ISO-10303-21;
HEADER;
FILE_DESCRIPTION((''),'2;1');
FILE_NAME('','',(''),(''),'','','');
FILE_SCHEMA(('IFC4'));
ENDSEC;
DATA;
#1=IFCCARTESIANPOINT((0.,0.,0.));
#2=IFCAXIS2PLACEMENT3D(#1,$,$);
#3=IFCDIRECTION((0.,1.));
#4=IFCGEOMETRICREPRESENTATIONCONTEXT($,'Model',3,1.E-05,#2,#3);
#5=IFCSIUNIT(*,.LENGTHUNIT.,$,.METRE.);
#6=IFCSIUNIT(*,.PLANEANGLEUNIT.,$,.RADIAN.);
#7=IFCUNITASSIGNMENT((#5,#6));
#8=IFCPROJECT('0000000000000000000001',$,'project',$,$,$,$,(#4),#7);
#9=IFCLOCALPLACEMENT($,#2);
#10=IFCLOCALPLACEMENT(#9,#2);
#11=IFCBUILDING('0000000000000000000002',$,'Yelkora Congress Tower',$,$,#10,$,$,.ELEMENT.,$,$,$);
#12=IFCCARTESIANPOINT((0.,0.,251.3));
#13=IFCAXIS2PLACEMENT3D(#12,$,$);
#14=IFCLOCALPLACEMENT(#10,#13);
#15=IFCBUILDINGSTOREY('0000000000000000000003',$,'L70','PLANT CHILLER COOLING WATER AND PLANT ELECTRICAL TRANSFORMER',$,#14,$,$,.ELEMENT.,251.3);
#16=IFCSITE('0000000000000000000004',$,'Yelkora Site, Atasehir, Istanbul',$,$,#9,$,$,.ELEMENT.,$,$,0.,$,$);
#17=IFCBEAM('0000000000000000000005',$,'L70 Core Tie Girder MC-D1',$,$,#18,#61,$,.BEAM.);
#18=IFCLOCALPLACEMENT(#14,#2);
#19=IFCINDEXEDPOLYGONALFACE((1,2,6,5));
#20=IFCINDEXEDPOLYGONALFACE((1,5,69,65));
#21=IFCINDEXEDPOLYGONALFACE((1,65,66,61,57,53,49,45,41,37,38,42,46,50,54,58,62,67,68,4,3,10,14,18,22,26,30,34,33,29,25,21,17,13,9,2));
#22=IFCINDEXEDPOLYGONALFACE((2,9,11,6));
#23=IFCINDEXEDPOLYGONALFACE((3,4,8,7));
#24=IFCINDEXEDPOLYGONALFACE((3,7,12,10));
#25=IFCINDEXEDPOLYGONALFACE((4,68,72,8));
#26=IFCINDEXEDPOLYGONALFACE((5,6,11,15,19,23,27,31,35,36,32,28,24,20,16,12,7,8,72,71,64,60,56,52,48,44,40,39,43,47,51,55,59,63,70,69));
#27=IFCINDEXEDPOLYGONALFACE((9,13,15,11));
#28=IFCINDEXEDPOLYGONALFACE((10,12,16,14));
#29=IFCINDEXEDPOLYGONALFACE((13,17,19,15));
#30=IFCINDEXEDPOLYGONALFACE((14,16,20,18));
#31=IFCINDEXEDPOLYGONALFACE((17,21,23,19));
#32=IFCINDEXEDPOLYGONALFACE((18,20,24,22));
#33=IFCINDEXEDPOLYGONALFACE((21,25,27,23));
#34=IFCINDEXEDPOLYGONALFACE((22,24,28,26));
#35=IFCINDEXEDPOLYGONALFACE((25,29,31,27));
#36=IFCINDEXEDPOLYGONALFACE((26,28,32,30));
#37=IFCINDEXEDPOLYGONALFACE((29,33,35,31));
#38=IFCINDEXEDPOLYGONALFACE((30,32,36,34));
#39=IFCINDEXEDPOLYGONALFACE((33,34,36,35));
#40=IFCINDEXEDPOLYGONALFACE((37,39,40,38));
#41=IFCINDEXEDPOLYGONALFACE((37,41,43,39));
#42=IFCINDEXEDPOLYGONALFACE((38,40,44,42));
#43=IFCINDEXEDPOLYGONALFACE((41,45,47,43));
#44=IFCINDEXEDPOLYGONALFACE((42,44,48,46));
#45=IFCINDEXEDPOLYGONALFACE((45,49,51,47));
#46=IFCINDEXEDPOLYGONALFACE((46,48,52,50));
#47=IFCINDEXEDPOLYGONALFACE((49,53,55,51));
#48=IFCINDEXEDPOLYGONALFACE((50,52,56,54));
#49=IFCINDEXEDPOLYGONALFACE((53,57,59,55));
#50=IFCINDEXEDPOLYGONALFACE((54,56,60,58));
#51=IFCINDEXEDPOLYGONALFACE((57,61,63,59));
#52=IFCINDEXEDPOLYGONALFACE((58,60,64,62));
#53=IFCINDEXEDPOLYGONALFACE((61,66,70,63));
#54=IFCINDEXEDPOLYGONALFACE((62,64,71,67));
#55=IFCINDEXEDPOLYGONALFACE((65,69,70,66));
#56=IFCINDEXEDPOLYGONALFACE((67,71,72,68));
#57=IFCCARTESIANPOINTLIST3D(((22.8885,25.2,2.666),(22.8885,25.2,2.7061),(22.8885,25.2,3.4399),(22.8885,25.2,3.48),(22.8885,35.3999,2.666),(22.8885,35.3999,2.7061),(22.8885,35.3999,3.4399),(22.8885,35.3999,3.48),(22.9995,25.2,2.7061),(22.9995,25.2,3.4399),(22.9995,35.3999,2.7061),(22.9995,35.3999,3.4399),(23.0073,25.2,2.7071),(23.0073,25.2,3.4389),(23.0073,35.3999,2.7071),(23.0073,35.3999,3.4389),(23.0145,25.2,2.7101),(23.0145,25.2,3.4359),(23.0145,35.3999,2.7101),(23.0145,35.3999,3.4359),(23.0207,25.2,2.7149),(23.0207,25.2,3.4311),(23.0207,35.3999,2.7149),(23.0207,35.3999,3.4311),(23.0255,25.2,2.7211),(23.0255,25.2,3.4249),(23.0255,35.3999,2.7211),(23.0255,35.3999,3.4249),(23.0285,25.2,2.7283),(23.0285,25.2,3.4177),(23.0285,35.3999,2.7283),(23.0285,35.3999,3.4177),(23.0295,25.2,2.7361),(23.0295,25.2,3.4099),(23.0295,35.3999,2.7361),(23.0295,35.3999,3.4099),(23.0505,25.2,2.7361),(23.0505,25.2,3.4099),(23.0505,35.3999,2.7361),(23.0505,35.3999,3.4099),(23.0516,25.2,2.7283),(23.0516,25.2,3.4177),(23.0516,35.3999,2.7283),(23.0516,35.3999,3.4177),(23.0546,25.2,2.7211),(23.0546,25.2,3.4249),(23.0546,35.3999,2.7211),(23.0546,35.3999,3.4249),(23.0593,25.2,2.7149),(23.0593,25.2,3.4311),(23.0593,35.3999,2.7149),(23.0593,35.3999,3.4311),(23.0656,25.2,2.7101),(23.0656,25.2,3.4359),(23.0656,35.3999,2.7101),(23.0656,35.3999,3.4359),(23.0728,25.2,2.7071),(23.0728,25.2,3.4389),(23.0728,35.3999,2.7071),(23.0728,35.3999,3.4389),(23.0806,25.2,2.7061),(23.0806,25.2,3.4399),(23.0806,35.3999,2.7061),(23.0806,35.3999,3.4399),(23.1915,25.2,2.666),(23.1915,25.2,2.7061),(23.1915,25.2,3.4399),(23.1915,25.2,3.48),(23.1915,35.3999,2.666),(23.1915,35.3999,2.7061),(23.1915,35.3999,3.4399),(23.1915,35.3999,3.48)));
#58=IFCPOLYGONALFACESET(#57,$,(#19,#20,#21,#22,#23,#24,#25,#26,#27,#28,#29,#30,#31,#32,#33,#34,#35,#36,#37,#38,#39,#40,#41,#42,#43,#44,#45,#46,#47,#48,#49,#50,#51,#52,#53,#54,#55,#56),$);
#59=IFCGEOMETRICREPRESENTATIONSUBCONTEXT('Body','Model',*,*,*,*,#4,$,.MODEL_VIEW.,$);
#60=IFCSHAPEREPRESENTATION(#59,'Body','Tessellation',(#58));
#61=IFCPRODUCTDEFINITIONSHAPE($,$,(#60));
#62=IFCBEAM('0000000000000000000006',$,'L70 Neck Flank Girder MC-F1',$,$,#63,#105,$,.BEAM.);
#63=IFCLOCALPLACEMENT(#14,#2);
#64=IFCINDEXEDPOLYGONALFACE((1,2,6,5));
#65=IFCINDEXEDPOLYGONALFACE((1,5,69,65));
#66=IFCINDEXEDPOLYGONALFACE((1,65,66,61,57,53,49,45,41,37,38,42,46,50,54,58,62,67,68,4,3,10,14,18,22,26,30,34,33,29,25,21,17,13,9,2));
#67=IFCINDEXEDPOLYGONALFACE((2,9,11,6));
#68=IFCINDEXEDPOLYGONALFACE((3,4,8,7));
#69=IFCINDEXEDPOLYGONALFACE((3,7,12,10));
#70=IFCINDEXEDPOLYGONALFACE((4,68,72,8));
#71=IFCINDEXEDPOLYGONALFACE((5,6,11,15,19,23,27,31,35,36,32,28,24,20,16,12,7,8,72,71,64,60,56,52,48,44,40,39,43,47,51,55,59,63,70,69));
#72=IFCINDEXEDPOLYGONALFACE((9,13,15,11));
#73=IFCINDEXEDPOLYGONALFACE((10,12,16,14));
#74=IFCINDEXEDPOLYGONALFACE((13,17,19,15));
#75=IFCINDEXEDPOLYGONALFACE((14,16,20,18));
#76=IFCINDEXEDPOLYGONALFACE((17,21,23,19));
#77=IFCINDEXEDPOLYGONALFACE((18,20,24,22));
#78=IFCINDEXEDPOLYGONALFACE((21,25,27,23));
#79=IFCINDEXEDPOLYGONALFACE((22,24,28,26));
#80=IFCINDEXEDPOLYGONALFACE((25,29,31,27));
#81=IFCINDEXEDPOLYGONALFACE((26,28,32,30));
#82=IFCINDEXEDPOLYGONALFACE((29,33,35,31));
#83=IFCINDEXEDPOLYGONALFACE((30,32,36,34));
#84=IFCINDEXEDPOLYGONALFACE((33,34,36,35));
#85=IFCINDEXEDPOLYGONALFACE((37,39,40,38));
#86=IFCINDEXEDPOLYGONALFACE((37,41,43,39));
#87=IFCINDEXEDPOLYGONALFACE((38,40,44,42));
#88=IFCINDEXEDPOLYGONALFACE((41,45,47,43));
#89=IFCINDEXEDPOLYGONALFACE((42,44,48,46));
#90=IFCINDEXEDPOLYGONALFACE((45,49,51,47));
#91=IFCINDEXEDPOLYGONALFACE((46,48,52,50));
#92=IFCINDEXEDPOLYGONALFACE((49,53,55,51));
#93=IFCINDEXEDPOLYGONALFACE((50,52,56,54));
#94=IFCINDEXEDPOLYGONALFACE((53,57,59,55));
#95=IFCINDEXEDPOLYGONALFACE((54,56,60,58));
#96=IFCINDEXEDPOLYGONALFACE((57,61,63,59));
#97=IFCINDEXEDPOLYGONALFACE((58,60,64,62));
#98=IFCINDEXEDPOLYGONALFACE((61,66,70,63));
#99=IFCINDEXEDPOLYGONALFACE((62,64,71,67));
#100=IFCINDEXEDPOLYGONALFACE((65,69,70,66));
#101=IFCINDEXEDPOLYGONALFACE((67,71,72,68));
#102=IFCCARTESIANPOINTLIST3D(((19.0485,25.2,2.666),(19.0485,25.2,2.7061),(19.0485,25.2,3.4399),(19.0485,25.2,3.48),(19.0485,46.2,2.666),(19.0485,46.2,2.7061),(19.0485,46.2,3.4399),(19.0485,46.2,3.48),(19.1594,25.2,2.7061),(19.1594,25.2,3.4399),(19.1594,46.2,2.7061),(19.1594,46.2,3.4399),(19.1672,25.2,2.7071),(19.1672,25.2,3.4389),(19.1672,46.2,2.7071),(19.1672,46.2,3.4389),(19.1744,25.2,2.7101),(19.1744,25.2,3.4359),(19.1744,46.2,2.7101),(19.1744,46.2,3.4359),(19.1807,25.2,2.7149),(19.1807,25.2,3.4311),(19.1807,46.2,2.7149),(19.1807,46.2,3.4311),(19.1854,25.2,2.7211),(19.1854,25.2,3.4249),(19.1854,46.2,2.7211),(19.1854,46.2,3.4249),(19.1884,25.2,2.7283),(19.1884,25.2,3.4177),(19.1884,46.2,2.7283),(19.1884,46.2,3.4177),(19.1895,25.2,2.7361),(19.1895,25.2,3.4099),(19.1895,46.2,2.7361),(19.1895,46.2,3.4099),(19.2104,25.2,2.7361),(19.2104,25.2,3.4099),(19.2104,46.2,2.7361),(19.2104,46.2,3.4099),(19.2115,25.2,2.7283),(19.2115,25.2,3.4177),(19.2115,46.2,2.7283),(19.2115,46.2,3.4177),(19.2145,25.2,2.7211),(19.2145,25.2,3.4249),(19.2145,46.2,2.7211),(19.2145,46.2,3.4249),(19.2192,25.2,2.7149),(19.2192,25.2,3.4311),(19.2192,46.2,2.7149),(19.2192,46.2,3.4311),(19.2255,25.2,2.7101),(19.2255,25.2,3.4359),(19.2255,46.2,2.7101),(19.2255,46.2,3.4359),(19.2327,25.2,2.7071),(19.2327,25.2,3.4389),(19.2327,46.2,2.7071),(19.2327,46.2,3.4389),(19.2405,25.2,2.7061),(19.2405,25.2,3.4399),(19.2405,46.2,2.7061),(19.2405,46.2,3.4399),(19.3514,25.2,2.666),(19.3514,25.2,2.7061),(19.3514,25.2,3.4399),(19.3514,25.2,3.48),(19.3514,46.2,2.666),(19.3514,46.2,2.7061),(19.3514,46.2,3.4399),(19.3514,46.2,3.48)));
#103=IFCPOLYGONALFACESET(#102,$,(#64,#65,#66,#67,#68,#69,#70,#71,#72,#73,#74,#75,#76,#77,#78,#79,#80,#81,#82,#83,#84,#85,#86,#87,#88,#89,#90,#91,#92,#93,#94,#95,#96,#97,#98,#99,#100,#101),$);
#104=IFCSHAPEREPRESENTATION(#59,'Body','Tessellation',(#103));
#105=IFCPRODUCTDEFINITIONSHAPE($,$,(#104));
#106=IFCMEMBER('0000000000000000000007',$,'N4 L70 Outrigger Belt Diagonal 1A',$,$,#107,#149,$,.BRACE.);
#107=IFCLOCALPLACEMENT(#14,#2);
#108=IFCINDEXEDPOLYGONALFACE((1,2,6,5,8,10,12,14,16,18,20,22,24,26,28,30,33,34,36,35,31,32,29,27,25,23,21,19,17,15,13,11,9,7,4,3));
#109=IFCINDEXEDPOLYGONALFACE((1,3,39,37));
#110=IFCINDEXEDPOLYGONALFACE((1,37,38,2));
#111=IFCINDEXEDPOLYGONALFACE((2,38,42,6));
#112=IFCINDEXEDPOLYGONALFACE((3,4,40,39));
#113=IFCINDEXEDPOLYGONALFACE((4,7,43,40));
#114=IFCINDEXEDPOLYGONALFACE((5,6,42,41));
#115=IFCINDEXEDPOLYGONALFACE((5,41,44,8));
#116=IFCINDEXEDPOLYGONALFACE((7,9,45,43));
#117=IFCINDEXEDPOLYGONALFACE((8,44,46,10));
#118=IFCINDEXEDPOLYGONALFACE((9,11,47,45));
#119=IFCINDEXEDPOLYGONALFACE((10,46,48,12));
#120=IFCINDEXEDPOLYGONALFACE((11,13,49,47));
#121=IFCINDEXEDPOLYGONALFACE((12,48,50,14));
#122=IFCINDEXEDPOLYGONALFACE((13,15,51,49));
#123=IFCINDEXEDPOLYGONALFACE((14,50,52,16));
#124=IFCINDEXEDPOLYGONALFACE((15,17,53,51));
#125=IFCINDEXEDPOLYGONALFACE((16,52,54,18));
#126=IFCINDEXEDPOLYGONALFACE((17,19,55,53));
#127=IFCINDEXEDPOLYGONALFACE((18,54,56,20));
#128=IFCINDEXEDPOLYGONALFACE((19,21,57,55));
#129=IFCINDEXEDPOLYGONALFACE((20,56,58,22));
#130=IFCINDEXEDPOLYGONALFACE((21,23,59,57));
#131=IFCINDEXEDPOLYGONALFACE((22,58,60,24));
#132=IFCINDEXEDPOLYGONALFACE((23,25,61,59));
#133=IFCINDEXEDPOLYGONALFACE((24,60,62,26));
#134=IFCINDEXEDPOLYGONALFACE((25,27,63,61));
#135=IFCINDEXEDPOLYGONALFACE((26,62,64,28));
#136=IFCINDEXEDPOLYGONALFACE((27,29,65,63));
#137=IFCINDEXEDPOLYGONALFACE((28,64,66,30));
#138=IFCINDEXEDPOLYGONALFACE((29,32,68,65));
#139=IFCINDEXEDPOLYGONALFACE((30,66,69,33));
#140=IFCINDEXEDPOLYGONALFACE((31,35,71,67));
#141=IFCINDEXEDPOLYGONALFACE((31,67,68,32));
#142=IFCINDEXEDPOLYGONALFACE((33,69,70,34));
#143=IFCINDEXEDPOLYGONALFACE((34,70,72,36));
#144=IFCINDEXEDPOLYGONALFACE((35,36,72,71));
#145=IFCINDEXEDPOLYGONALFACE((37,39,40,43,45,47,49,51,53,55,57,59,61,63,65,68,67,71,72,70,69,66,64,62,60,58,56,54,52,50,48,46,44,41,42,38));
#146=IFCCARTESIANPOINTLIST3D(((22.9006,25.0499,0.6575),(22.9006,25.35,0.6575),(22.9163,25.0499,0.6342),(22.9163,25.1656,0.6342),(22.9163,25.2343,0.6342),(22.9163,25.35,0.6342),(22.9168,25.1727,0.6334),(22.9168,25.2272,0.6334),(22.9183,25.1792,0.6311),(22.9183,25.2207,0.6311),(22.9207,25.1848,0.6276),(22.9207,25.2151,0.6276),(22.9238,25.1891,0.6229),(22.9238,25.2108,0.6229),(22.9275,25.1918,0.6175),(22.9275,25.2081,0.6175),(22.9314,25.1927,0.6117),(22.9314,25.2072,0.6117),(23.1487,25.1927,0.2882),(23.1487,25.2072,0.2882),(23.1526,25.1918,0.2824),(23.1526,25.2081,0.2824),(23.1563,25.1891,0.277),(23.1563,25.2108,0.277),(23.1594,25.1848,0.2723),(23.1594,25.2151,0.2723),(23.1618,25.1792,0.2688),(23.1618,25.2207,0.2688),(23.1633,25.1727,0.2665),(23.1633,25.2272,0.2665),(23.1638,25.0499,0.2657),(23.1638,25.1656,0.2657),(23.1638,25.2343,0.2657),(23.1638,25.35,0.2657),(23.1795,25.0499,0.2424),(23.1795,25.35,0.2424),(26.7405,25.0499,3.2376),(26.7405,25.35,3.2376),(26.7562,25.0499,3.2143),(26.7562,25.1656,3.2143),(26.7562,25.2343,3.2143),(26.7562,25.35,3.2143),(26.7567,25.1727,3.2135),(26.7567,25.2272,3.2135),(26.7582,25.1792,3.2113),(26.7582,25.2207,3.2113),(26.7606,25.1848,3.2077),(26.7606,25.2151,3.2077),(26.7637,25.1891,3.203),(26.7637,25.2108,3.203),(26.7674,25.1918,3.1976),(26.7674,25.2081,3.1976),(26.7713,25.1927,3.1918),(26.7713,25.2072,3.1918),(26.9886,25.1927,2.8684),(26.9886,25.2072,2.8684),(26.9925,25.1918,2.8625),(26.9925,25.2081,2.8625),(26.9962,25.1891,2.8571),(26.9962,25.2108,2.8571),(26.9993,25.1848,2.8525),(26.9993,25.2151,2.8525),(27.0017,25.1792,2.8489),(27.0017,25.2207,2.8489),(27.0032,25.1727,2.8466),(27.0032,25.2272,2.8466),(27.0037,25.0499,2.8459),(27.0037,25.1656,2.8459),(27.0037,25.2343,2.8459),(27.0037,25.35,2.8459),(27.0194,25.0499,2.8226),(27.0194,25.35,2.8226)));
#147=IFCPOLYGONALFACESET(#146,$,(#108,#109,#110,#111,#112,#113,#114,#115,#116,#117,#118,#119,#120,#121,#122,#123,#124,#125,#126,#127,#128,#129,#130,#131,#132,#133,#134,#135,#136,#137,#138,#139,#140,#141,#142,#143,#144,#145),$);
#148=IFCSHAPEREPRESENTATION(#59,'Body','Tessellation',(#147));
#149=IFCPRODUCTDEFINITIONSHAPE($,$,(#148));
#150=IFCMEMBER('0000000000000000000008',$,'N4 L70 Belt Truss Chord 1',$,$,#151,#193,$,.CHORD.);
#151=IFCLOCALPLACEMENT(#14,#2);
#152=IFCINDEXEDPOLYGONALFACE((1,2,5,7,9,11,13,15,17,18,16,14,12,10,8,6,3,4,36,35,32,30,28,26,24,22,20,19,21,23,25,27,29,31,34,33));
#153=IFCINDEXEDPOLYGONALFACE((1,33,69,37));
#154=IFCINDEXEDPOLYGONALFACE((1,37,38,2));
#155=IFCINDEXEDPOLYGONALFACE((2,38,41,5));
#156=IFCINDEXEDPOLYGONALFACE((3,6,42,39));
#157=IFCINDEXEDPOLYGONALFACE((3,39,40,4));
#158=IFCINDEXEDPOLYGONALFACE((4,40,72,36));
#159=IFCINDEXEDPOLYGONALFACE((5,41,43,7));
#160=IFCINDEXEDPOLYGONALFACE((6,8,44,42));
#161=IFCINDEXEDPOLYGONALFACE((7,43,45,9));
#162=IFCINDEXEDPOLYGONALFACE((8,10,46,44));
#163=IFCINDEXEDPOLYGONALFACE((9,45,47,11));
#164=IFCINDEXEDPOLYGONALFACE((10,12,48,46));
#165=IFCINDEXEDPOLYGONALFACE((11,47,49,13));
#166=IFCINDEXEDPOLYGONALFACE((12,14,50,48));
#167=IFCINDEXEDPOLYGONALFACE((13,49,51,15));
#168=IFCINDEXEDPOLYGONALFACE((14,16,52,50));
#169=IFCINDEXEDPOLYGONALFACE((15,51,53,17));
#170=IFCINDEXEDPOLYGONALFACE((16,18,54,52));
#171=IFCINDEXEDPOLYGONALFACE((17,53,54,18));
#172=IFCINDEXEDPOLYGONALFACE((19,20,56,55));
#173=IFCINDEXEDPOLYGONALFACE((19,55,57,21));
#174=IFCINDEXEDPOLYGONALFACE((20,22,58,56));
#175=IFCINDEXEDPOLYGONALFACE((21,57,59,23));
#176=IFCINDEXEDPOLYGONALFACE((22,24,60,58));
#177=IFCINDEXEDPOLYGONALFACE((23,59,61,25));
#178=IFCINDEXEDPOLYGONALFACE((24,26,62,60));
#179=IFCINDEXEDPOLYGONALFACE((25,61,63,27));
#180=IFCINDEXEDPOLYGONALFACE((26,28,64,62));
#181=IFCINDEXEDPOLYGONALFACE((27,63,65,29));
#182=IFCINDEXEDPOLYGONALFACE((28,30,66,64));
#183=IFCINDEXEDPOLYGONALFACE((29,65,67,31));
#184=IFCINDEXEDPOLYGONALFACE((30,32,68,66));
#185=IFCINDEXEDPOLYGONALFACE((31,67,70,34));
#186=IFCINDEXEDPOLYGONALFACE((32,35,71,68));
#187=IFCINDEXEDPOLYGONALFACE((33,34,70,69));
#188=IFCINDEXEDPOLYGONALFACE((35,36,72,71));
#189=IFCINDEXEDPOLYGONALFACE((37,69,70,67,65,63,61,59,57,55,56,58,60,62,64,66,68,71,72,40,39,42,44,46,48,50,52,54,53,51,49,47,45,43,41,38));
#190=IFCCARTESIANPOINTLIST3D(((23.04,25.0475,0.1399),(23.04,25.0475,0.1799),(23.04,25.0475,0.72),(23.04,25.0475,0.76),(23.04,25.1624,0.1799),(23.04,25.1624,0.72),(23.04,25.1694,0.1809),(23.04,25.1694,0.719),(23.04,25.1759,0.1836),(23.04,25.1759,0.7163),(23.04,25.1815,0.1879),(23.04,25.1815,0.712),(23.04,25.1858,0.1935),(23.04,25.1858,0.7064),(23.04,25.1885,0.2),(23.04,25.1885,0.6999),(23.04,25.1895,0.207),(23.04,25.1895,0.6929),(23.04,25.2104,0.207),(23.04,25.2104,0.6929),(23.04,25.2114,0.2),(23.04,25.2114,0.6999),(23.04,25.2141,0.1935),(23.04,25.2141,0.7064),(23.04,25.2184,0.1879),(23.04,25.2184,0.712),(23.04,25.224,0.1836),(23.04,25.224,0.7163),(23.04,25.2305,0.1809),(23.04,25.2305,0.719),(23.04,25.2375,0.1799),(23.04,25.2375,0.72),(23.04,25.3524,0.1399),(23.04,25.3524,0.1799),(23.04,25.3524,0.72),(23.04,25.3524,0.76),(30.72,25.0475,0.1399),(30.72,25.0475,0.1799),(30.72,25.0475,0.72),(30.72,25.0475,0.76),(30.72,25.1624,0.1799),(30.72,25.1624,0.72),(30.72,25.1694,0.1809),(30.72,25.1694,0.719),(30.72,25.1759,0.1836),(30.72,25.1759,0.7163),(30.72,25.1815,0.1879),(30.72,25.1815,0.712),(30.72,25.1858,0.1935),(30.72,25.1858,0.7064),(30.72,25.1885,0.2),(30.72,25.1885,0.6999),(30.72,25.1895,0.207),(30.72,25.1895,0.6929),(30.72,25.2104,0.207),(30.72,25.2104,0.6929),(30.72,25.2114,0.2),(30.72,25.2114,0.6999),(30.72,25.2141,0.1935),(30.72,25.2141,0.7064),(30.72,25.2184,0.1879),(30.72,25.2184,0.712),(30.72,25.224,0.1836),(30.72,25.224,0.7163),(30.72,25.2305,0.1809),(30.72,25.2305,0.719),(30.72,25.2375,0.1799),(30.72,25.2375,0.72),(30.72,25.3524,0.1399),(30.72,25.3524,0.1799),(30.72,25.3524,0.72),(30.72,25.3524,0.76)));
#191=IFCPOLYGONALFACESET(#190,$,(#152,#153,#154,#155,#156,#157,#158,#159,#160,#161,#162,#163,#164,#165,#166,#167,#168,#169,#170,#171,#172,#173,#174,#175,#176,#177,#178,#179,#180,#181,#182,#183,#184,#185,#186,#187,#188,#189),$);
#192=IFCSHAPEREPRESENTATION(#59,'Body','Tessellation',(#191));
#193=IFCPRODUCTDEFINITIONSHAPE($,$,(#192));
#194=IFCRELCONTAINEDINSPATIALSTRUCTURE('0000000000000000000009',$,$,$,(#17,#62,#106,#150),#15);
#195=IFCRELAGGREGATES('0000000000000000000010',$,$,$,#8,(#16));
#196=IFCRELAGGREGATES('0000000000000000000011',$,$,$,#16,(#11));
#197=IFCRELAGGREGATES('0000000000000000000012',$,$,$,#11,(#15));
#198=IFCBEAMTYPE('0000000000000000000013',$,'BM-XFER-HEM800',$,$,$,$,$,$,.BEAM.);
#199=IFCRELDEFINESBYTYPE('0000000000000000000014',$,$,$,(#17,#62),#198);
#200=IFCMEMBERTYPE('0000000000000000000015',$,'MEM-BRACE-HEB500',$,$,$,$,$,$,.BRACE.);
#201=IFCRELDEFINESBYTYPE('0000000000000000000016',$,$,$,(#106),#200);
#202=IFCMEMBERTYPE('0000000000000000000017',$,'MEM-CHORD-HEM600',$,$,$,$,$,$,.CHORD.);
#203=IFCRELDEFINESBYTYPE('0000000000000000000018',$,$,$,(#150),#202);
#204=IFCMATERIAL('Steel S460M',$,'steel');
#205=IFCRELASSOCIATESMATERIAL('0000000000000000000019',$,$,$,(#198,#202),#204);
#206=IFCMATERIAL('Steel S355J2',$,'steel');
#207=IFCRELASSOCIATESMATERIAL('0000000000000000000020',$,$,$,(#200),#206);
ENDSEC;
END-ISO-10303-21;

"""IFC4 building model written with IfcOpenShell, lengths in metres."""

from ifc_helpers import new_model, si_unit, direction, frame, origin, origin_2d, place, context, subcontext, project, spatial, i_section, extrude, material, material_profile, profile_set, type_object, element, save


model = new_model("IFC4")

# Units and contexts
model_context = context("Model", 3, precision=1e-05, world=origin(), true_north=direction((0.0, 1.0)))
body_context = subcontext(model_context, "Body", "Model", "MODEL_VIEW")
ifc_project = project(units=[si_unit("LENGTHUNIT", "METRE"), si_unit("PLANEANGLEUNIT", "RADIAN")], contexts=[model_context])

# Site, building, storey
site_placement = place(None, origin())
site = spatial("IfcSite", under=ifc_project, at=site_placement, Name="Yelkora Site, Atasehir, Istanbul", CompositionType="ELEMENT", RefElevation=0.0)
building_placement = place(site_placement, origin())
building = spatial("IfcBuilding", under=site, at=building_placement, Name="Yelkora Congress Tower", CompositionType="ELEMENT")
storey_placement = place(building_placement, frame((0.0, 0.0, 251.3)))
storey = spatial("IfcBuildingStorey", under=building, at=storey_placement, Name="L70", Description="PLANT CHILLER COOLING WATER AND PLANT ELECTRICAL TRANSFORMER", CompositionType="ELEMENT", Elevation=251.3)

# Shared definitions
ifc_material_1 = material(Name="Steel S460M", Category="steel")

# Beams
ifc_material_profile_1 = material_profile(ifc_material_1, i_section(OverallWidth=0.303, OverallDepth=0.814, WebThickness=0.021, FlangeThickness=0.04, FilletRadius=0.03, at=origin_2d()), Name="HEM 800")
ifc_profile_set_1 = profile_set([ifc_material_profile_1], Name="Steel S460M")
beam_type = type_object("IfcBeamType", Name="BM-XFER-HEM800", PredefinedType="BEAM", material=ifc_profile_set_1)
beam_1_placement = place(storey_placement, frame((23.04, 25.2, 3.073), z_axis=(0.0, 1.0, 0.0), x_axis=(-1.0, 0.0, 0.0)))
element("IfcBeam", 1, at=beam_1_placement, inside=storey, type_object=beam_type, Name="L70 Core Tie Girder MC-D1", PredefinedType="BEAM", context=body_context, shape_type="SweptSolid", body=[
    extrude(i_section(OverallWidth=0.303, OverallDepth=0.814, WebThickness=0.021, FlangeThickness=0.04, FilletRadius=0.03, at=origin_2d()), origin(), (0.0, 0.0, 1.0), 10.2),
])
beam_2_placement = place(storey_placement, frame((19.2, 25.2, 3.073), z_axis=(0.0, 1.0, 0.0), x_axis=(-1.0, 0.0, 0.0)))
element("IfcBeam", 2, at=beam_2_placement, inside=storey, type_object=beam_type, Name="L70 Neck Flank Girder MC-F1", PredefinedType="BEAM", context=body_context, shape_type="SweptSolid", body=[
    extrude(i_section(OverallWidth=0.303, OverallDepth=0.814, WebThickness=0.021, FlangeThickness=0.04, FilletRadius=0.03, at=origin_2d()), origin(), (0.0, 0.0, 1.0), 21.0),
])

# Members
ifc_material_2 = material(Name="Steel S355J2", Category="steel")
ifc_material_profile_2 = material_profile(ifc_material_2, i_section(OverallWidth=0.3, OverallDepth=0.5, WebThickness=0.0144, FlangeThickness=0.0281, FilletRadius=0.0271, at=origin_2d()), Name="HEB 500")
ifc_profile_set_2 = profile_set([ifc_material_profile_2], Name="Steel S355J2")
member_type_1 = type_object("IfcMemberType", Name="MEM-BRACE-HEB500", PredefinedType="BRACE", material=ifc_profile_set_2)
member_1_placement = place(storey_placement, frame((23.04, 25.2, 0.45), z_axis=(0.830031, 0.0, 0.557717), x_axis=(0.0, 1.0, 0.0)))
element("IfcMember", 3, at=member_1_placement, inside=storey, type_object=member_type_1, Name="N4 L70 Outrigger Belt Diagonal 1A", PredefinedType="BRACE", context=body_context, shape_type="SweptSolid", body=[
    extrude(i_section(OverallWidth=0.3, OverallDepth=0.5, WebThickness=0.0144, FlangeThickness=0.0281, FilletRadius=0.0271, at=origin_2d()), origin(), (0.0, 0.0, 1.0), 4.6262),
])
ifc_material_profile_3 = material_profile(ifc_material_1, i_section(OverallWidth=0.3049, OverallDepth=0.6201, WebThickness=0.021, FlangeThickness=0.04, FilletRadius=0.0271, at=origin_2d()), Name="HEM 600")
ifc_profile_set_3 = profile_set([ifc_material_profile_3], Name="Steel S460M")
member_type_2 = type_object("IfcMemberType", Name="MEM-CHORD-HEM600", PredefinedType="CHORD", material=ifc_profile_set_3)
member_2_placement = place(storey_placement, frame((23.04, 25.2, 0.45), z_axis=(1.0, 0.0, 0.0), x_axis=(0.0, 1.0, 0.0)))
element("IfcMember", 4, at=member_2_placement, inside=storey, type_object=member_type_2, Name="N4 L70 Belt Truss Chord 1", PredefinedType="CHORD", context=body_context, shape_type="SweptSolid", body=[
    extrude(i_section(OverallWidth=0.3049, OverallDepth=0.6201, WebThickness=0.021, FlangeThickness=0.04, FilletRadius=0.0271, at=origin_2d()), origin(), (0.0, 0.0, 1.0), 7.6799),
])

save(model, "model.ifc")
